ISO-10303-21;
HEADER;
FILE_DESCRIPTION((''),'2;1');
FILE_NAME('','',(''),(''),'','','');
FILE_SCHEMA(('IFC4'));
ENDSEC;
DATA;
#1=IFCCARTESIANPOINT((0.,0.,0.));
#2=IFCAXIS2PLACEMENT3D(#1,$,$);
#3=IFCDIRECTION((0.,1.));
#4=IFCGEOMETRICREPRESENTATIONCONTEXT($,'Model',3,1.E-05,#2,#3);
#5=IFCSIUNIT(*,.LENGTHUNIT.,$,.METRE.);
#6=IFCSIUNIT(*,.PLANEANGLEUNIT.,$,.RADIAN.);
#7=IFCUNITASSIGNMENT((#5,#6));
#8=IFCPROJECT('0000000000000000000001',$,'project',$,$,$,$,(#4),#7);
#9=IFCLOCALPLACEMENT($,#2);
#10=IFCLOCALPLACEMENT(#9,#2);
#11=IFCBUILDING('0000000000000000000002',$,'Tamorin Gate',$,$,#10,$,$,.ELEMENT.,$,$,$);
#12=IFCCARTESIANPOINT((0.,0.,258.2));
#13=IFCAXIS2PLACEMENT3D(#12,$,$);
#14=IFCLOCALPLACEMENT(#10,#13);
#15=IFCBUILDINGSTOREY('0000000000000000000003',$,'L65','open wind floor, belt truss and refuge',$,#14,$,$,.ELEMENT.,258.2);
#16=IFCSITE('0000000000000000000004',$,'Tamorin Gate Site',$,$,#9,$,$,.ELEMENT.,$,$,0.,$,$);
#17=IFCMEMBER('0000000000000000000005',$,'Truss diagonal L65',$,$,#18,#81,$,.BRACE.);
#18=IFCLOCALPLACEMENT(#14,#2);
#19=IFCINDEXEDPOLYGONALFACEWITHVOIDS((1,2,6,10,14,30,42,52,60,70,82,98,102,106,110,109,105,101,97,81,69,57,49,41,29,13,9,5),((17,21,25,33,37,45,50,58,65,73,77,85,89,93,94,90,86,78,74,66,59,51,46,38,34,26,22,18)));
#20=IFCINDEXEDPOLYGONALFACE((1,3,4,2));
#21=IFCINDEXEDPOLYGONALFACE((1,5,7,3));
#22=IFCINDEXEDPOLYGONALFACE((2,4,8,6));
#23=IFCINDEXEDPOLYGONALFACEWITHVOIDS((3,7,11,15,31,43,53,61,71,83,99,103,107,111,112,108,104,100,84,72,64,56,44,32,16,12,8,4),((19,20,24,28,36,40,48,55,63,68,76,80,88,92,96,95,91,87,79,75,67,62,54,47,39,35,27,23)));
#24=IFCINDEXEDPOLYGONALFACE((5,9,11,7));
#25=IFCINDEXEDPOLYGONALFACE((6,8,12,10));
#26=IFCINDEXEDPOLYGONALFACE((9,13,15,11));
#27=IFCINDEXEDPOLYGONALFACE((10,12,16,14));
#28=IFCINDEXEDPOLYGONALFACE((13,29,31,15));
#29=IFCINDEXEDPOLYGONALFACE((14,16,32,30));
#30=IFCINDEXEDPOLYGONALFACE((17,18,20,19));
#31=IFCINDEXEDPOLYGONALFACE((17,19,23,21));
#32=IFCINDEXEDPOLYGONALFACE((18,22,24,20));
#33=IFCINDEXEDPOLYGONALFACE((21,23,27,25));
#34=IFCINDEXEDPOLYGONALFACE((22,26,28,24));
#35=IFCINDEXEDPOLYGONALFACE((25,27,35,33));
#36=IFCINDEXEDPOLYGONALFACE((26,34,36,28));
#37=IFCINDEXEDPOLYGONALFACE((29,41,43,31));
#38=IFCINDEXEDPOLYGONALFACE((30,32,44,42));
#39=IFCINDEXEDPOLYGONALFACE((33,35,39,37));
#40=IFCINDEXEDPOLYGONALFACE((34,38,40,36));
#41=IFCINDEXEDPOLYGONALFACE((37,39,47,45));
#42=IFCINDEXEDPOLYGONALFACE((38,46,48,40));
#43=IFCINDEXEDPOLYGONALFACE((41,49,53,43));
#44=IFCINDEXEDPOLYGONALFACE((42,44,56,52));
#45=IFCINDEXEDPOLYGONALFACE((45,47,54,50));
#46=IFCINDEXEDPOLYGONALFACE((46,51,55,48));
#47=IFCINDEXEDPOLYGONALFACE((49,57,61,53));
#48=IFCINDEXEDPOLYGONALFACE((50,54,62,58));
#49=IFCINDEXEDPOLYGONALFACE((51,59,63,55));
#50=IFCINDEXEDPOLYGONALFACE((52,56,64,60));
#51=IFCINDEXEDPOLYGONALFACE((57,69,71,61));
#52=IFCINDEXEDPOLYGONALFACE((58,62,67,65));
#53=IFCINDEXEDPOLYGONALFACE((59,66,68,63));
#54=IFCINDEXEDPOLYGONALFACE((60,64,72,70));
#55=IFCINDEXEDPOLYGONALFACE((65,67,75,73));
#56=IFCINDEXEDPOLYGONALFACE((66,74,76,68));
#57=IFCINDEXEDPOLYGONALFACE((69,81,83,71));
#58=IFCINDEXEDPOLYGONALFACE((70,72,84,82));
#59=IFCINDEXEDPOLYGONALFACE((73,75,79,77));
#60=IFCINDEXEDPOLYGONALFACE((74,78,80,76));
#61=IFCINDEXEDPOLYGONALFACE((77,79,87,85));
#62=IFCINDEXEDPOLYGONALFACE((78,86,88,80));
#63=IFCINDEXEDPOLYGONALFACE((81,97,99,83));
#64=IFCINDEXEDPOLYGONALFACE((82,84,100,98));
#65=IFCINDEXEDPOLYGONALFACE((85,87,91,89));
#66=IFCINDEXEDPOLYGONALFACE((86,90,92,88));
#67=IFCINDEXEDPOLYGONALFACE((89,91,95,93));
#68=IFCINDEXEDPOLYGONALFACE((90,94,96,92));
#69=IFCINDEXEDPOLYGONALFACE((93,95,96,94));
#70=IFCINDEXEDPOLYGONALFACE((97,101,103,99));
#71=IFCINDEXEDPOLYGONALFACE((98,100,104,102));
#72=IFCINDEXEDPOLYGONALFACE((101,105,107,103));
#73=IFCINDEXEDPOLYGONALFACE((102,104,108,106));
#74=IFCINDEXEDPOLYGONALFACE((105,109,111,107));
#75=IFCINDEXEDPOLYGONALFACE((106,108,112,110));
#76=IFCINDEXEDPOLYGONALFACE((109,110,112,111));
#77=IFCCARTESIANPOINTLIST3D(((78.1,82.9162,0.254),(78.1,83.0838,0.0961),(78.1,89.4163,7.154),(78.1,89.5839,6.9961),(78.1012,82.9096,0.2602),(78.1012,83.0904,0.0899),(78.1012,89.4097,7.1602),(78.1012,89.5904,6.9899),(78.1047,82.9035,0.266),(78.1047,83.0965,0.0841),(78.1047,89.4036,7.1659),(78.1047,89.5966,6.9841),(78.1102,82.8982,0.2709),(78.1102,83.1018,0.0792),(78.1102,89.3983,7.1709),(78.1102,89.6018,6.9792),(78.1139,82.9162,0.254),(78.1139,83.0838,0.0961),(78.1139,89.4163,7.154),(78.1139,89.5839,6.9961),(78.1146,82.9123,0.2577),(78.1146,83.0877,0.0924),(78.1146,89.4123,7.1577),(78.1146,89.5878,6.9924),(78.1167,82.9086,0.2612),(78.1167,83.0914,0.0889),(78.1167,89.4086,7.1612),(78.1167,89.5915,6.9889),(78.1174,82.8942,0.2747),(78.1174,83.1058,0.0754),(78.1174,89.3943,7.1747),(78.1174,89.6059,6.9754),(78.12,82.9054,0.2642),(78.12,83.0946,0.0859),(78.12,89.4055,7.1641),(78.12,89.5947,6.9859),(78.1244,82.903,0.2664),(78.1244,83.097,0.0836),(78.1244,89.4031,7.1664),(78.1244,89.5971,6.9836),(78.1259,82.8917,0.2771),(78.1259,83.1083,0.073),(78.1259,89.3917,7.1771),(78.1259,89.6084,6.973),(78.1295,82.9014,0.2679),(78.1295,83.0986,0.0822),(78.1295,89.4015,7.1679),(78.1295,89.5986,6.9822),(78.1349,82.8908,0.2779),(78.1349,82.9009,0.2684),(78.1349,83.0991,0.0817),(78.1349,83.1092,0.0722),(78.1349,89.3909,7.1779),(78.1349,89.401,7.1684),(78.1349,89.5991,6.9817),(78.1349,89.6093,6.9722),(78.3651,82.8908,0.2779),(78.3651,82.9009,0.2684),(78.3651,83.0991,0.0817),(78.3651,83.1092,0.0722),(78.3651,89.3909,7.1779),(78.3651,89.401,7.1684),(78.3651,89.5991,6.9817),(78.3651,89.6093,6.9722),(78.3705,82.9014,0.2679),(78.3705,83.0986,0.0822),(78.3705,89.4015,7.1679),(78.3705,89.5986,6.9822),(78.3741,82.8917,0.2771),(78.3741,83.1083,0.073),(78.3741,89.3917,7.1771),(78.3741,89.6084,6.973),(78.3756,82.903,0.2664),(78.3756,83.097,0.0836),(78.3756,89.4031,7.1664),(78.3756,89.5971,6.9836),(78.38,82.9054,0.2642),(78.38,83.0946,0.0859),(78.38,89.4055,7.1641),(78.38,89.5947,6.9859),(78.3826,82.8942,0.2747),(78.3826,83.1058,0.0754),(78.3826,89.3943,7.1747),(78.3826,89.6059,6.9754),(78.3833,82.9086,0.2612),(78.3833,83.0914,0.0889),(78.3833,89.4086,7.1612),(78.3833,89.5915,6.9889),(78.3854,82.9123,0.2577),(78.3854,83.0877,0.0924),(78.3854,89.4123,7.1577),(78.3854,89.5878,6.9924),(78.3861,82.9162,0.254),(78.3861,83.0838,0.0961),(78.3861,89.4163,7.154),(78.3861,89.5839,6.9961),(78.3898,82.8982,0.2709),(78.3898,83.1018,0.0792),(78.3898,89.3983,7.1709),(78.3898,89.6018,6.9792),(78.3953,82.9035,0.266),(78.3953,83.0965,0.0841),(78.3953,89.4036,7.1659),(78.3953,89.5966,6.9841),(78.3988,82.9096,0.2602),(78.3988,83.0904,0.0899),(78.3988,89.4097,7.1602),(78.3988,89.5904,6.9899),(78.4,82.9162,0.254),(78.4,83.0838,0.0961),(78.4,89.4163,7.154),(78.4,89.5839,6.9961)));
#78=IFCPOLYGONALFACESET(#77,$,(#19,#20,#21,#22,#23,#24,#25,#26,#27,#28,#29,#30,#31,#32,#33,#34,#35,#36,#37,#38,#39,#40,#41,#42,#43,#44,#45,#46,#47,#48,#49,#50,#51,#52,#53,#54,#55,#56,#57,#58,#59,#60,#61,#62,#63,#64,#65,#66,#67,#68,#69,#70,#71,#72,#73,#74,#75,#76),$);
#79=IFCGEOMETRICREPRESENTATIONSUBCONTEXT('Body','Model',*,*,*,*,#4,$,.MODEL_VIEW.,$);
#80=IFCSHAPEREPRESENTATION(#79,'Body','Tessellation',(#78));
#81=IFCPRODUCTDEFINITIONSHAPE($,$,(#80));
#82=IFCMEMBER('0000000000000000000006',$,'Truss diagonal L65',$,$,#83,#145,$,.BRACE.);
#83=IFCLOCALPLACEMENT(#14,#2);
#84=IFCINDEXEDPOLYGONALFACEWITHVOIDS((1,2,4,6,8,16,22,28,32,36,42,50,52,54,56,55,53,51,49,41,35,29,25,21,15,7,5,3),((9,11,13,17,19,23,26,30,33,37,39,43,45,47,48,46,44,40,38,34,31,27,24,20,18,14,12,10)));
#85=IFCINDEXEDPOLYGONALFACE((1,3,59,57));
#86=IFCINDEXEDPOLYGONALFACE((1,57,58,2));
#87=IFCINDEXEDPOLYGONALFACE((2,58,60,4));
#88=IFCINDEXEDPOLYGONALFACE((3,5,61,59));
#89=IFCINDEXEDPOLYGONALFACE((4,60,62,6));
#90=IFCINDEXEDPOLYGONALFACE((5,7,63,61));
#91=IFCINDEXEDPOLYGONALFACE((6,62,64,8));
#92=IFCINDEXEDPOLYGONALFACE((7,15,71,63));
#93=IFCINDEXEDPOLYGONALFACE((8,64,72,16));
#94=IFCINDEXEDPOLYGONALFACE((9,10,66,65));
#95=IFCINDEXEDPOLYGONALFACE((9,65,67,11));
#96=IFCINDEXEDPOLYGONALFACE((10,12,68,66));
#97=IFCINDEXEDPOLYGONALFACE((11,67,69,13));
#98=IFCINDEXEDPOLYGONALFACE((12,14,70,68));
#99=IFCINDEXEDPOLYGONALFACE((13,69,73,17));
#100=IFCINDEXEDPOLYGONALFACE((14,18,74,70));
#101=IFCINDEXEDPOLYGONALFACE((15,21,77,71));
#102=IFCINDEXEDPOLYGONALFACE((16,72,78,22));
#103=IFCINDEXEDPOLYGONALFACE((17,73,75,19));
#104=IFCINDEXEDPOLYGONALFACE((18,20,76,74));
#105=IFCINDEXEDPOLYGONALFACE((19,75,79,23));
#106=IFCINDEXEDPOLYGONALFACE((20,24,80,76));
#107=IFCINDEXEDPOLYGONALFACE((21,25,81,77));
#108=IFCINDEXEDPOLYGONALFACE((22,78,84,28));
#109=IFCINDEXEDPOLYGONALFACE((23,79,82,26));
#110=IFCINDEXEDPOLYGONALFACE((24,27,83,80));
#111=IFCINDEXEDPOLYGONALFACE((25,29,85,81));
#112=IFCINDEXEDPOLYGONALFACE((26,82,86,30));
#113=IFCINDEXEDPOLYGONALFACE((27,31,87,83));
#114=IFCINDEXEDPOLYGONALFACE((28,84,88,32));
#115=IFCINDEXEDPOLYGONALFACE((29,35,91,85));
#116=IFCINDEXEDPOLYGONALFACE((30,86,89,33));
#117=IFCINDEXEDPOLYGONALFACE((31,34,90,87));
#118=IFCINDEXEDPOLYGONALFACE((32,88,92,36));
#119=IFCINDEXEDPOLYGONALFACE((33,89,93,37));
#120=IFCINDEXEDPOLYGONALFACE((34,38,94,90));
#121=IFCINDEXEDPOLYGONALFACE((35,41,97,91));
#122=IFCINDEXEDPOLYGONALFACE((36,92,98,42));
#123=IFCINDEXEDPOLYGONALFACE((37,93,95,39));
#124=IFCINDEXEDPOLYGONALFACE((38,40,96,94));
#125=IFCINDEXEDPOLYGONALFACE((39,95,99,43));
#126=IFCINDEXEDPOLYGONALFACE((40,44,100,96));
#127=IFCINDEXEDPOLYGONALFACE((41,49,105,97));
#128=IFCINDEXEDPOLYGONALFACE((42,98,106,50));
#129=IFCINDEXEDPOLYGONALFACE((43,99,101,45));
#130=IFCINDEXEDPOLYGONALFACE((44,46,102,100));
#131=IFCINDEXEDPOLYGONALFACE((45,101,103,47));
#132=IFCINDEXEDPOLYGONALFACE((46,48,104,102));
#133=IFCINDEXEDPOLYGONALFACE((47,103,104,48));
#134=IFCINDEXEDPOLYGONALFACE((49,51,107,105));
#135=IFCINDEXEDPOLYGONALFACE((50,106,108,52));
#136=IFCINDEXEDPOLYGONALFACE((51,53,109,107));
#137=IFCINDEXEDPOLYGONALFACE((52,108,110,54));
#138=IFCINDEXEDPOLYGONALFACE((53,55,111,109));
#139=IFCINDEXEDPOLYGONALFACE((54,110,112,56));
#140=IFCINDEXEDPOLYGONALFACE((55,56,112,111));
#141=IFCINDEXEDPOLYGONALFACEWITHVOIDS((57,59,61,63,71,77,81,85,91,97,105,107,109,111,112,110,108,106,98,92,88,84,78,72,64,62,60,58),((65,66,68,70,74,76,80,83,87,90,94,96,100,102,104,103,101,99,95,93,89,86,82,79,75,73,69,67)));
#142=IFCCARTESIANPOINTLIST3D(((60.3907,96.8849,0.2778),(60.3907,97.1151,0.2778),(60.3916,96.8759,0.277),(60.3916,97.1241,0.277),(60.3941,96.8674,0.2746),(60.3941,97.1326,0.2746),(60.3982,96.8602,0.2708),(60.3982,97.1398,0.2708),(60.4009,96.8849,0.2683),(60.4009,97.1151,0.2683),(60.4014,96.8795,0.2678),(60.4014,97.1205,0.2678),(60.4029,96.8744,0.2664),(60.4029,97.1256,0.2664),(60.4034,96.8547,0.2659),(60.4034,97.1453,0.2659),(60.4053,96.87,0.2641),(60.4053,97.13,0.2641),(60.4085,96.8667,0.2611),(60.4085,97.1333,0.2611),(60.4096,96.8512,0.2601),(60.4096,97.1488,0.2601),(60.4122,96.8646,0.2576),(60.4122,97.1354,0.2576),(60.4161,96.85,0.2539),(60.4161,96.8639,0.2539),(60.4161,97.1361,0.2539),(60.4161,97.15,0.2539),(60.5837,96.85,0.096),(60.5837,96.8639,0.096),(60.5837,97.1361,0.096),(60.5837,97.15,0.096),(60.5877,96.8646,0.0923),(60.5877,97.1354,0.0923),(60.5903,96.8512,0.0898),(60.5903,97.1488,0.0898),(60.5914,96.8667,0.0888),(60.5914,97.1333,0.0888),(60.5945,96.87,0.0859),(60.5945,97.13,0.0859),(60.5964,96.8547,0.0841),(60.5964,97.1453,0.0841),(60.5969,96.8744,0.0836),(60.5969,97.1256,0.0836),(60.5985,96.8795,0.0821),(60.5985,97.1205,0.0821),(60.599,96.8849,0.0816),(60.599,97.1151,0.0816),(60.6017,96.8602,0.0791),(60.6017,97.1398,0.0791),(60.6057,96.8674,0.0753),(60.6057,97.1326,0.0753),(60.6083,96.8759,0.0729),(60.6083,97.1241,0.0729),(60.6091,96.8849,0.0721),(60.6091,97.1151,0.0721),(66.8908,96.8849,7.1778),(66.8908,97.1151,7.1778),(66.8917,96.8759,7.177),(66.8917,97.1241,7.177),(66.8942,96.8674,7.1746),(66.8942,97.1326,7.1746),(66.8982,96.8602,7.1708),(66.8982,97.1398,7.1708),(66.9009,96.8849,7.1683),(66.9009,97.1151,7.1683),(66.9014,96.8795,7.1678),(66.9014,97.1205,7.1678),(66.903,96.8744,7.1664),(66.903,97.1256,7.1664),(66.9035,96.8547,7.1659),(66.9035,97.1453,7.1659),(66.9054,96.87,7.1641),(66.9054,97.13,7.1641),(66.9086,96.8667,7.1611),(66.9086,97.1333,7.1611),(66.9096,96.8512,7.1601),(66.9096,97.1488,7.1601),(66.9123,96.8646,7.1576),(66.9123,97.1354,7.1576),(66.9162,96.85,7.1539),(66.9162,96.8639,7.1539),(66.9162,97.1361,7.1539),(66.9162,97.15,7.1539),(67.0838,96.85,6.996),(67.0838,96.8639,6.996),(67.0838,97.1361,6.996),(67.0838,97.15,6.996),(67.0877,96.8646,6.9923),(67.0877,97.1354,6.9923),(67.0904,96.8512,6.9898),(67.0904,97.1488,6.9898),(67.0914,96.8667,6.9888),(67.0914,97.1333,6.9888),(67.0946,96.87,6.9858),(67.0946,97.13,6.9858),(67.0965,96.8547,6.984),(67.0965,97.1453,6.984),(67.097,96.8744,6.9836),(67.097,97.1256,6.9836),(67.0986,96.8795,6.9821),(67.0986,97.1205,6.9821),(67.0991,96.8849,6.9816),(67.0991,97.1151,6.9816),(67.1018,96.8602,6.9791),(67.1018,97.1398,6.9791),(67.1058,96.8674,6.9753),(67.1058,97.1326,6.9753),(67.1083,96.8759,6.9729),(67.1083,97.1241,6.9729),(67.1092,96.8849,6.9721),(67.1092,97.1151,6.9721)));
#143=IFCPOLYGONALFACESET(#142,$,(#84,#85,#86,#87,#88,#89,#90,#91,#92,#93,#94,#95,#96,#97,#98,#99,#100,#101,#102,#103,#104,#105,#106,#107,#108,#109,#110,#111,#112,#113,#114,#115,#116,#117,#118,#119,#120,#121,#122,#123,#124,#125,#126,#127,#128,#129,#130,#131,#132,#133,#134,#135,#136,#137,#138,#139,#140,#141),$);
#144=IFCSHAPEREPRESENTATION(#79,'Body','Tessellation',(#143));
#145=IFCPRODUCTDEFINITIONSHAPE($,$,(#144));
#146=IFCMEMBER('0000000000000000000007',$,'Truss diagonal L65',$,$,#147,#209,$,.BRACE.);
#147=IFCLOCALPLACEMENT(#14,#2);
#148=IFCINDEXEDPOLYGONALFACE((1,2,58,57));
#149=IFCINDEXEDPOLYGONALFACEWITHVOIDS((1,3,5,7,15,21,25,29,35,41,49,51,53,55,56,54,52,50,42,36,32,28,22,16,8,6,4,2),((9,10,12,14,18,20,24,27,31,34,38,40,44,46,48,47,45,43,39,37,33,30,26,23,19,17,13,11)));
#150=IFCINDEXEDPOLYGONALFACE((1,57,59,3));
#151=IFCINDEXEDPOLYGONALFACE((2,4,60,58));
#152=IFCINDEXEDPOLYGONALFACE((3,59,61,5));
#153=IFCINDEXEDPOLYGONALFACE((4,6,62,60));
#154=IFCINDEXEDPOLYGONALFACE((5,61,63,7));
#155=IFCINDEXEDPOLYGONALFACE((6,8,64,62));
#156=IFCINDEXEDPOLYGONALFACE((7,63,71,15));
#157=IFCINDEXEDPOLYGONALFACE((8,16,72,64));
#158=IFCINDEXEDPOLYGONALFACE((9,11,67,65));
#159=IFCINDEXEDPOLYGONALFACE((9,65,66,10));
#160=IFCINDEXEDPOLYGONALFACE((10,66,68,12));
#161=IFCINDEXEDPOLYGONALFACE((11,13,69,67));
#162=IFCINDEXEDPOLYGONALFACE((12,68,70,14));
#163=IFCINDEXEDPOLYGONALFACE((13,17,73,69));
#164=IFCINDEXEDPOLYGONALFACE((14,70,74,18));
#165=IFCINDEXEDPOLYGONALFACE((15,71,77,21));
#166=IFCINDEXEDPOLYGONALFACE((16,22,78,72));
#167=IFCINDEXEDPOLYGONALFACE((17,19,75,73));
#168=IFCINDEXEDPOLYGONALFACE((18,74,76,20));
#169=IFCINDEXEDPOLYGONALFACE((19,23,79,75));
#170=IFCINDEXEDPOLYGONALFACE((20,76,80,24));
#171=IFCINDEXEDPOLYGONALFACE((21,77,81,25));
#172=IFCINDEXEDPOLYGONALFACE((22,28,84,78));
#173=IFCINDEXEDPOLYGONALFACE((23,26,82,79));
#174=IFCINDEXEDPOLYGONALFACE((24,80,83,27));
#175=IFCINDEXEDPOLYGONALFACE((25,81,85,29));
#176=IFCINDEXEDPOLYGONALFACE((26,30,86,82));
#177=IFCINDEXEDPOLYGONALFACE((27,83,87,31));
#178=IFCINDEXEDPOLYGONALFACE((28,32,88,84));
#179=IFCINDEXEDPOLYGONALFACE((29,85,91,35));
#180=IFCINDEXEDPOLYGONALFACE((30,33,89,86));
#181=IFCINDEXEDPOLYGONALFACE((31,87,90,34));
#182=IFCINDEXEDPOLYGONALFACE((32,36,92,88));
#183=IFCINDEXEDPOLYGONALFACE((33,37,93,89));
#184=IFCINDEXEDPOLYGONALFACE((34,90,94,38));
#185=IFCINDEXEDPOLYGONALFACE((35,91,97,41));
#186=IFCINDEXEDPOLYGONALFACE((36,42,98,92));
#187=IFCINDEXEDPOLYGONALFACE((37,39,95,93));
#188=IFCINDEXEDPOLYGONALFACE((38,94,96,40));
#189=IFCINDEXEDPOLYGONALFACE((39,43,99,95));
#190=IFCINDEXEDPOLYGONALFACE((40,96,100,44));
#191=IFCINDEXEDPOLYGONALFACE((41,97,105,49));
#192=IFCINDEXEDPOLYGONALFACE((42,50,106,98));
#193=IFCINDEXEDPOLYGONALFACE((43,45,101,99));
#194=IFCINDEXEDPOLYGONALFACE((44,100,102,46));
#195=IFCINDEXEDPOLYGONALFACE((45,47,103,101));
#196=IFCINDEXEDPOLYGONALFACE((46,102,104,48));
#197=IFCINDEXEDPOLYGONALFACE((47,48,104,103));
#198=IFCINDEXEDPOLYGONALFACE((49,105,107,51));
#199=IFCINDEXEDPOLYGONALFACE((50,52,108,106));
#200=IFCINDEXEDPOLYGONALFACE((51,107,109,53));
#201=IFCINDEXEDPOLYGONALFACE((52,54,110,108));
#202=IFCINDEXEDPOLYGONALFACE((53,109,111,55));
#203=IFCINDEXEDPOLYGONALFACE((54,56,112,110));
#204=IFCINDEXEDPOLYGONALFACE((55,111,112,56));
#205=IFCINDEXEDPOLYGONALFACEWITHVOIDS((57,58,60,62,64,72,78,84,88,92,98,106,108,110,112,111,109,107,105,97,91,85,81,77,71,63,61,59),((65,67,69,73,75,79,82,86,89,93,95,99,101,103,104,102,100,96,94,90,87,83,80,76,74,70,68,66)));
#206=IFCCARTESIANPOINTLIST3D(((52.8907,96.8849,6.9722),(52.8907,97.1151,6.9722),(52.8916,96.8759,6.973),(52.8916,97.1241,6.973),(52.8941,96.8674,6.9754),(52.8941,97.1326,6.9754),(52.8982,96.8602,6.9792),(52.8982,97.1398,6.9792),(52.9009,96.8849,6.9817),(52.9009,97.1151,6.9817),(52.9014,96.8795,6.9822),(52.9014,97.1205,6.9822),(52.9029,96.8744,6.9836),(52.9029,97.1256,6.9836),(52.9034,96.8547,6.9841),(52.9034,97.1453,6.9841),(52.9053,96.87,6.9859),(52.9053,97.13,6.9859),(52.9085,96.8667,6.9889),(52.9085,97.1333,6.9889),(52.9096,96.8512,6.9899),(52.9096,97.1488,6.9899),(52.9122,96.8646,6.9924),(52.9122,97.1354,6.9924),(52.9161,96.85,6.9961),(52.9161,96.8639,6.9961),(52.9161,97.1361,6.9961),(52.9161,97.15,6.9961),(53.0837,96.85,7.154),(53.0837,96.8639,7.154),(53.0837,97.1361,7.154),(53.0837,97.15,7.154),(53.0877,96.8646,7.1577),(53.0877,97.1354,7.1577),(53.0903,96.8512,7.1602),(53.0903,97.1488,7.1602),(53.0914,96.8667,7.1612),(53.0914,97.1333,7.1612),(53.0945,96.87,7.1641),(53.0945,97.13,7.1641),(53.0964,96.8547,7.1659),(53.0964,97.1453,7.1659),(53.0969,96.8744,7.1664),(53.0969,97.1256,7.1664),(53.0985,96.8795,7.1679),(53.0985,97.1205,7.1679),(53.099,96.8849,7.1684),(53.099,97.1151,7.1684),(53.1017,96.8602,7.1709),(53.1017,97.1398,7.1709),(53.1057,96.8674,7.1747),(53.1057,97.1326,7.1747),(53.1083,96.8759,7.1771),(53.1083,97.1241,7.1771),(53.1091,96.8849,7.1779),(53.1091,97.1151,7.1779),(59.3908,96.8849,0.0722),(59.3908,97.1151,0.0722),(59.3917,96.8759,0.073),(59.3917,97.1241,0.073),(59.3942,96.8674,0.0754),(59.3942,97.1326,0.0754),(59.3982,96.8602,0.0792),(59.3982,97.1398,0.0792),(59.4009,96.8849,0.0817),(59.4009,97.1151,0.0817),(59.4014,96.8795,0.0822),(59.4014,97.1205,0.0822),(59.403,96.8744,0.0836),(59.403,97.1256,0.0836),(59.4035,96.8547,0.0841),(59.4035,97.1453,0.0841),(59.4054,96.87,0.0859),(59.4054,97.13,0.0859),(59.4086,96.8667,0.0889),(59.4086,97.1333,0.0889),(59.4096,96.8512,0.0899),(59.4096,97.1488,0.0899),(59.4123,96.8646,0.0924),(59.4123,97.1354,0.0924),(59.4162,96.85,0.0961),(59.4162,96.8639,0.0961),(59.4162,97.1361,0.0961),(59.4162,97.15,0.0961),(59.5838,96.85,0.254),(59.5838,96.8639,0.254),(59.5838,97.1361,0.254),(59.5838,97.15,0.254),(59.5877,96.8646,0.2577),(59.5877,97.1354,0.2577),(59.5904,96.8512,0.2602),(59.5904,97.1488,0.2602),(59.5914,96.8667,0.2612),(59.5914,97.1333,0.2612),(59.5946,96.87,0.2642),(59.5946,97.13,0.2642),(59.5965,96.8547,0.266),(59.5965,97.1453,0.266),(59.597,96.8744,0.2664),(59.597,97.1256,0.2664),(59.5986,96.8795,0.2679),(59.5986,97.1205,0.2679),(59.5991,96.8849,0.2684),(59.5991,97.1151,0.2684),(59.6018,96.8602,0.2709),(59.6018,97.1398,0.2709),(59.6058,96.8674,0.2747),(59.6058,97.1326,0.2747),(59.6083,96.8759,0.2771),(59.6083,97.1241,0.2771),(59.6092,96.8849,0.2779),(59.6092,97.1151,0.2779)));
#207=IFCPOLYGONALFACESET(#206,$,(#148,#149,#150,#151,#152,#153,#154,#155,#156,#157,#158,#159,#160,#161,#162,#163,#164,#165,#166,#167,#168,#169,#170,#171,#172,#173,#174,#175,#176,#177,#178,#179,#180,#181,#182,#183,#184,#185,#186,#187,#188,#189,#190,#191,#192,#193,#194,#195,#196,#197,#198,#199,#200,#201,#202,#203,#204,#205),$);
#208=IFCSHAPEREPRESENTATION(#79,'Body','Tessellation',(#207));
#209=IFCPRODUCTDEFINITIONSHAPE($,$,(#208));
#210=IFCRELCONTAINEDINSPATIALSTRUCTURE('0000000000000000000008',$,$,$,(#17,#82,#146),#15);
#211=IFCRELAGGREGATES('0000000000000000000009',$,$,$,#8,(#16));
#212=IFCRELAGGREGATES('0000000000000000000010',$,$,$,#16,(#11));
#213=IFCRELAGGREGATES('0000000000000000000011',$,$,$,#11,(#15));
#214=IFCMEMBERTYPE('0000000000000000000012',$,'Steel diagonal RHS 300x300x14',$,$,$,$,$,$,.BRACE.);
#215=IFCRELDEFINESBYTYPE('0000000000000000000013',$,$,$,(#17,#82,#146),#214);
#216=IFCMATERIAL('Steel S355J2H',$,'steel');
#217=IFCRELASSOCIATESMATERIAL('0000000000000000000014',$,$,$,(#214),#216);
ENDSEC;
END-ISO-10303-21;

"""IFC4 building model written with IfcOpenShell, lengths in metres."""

from ifc_helpers import new_model, si_unit, direction, frame, origin, origin_2d, place, context, subcontext, project, spatial, hollow_rectangle, extrude, material, material_profile, profile_set, type_object, element, save


model = new_model("IFC4")

# Units and contexts
model_context = context("Model", 3, precision=1e-05, world=origin(), true_north=direction((0.0, 1.0)))
body_context = subcontext(model_context, "Body", "Model", "MODEL_VIEW")
ifc_project = project(units=[si_unit("LENGTHUNIT", "METRE"), si_unit("PLANEANGLEUNIT", "RADIAN")], contexts=[model_context])

# Site, building, storey
site_placement = place(None, origin())
site = spatial("IfcSite", under=ifc_project, at=site_placement, Name="Tamorin Gate Site", CompositionType="ELEMENT", RefElevation=0.0)
building_placement = place(site_placement, origin())
building = spatial("IfcBuilding", under=site, at=building_placement, Name="Tamorin Gate", CompositionType="ELEMENT")
storey_placement = place(building_placement, frame((0.0, 0.0, 258.2)))
storey = spatial("IfcBuildingStorey", under=building, at=storey_placement, Name="L65", Description="open wind floor, belt truss and refuge", CompositionType="ELEMENT", Elevation=258.2)

# Members
ifc_material_1 = material(Name="Steel S355J2H", Category="steel")
ifc_material_profile_1 = material_profile(ifc_material_1, hollow_rectangle(XDim=0.3, YDim=0.3, WallThickness=0.0139, InnerFilletRadius=0.021, OuterFilletRadius=0.0349, at=origin_2d()), Name="RHS 300x300x14")
ifc_profile_set_1 = profile_set([ifc_material_profile_1], Name="Steel S355J2H")
member_type_1 = type_object("IfcMemberType", Name="Steel diagonal RHS 300x300x14", PredefinedType="BRACE", material=ifc_profile_set_1)
for number, where, z_axis, x_axis, name in (
    (1, (78.25, 83.0, 0.175), (0.0, 0.685699, 0.727885), (-1.0, 0.0, 0.0), "Truss diagonal L65"),
    (2, (67.0, 97.0, 7.075), (-0.685699, 0.0, -0.727885), (0.0, -1.0, 0.0), "Truss diagonal L65"),
    (3, (59.5, 97.0, 0.175), (-0.685699, 0.0, 0.727885), (0.0, -1.0, 0.0), "Truss diagonal L65"),
):
    element("IfcMember", number, at=place(storey_placement, frame(where, z_axis=z_axis, x_axis=x_axis)), inside=storey, type_object=member_type_1, Name=name, PredefinedType="BRACE", context=body_context, shape_type="SweptSolid", body=[
        extrude(hollow_rectangle(XDim=0.3, YDim=0.3, WallThickness=0.0139, InnerFilletRadius=0.021, OuterFilletRadius=0.0349, at=origin_2d()), origin(), (0.0, 0.0, 1.0), 9.4795),
    ])

save(model, "model.ifc")
